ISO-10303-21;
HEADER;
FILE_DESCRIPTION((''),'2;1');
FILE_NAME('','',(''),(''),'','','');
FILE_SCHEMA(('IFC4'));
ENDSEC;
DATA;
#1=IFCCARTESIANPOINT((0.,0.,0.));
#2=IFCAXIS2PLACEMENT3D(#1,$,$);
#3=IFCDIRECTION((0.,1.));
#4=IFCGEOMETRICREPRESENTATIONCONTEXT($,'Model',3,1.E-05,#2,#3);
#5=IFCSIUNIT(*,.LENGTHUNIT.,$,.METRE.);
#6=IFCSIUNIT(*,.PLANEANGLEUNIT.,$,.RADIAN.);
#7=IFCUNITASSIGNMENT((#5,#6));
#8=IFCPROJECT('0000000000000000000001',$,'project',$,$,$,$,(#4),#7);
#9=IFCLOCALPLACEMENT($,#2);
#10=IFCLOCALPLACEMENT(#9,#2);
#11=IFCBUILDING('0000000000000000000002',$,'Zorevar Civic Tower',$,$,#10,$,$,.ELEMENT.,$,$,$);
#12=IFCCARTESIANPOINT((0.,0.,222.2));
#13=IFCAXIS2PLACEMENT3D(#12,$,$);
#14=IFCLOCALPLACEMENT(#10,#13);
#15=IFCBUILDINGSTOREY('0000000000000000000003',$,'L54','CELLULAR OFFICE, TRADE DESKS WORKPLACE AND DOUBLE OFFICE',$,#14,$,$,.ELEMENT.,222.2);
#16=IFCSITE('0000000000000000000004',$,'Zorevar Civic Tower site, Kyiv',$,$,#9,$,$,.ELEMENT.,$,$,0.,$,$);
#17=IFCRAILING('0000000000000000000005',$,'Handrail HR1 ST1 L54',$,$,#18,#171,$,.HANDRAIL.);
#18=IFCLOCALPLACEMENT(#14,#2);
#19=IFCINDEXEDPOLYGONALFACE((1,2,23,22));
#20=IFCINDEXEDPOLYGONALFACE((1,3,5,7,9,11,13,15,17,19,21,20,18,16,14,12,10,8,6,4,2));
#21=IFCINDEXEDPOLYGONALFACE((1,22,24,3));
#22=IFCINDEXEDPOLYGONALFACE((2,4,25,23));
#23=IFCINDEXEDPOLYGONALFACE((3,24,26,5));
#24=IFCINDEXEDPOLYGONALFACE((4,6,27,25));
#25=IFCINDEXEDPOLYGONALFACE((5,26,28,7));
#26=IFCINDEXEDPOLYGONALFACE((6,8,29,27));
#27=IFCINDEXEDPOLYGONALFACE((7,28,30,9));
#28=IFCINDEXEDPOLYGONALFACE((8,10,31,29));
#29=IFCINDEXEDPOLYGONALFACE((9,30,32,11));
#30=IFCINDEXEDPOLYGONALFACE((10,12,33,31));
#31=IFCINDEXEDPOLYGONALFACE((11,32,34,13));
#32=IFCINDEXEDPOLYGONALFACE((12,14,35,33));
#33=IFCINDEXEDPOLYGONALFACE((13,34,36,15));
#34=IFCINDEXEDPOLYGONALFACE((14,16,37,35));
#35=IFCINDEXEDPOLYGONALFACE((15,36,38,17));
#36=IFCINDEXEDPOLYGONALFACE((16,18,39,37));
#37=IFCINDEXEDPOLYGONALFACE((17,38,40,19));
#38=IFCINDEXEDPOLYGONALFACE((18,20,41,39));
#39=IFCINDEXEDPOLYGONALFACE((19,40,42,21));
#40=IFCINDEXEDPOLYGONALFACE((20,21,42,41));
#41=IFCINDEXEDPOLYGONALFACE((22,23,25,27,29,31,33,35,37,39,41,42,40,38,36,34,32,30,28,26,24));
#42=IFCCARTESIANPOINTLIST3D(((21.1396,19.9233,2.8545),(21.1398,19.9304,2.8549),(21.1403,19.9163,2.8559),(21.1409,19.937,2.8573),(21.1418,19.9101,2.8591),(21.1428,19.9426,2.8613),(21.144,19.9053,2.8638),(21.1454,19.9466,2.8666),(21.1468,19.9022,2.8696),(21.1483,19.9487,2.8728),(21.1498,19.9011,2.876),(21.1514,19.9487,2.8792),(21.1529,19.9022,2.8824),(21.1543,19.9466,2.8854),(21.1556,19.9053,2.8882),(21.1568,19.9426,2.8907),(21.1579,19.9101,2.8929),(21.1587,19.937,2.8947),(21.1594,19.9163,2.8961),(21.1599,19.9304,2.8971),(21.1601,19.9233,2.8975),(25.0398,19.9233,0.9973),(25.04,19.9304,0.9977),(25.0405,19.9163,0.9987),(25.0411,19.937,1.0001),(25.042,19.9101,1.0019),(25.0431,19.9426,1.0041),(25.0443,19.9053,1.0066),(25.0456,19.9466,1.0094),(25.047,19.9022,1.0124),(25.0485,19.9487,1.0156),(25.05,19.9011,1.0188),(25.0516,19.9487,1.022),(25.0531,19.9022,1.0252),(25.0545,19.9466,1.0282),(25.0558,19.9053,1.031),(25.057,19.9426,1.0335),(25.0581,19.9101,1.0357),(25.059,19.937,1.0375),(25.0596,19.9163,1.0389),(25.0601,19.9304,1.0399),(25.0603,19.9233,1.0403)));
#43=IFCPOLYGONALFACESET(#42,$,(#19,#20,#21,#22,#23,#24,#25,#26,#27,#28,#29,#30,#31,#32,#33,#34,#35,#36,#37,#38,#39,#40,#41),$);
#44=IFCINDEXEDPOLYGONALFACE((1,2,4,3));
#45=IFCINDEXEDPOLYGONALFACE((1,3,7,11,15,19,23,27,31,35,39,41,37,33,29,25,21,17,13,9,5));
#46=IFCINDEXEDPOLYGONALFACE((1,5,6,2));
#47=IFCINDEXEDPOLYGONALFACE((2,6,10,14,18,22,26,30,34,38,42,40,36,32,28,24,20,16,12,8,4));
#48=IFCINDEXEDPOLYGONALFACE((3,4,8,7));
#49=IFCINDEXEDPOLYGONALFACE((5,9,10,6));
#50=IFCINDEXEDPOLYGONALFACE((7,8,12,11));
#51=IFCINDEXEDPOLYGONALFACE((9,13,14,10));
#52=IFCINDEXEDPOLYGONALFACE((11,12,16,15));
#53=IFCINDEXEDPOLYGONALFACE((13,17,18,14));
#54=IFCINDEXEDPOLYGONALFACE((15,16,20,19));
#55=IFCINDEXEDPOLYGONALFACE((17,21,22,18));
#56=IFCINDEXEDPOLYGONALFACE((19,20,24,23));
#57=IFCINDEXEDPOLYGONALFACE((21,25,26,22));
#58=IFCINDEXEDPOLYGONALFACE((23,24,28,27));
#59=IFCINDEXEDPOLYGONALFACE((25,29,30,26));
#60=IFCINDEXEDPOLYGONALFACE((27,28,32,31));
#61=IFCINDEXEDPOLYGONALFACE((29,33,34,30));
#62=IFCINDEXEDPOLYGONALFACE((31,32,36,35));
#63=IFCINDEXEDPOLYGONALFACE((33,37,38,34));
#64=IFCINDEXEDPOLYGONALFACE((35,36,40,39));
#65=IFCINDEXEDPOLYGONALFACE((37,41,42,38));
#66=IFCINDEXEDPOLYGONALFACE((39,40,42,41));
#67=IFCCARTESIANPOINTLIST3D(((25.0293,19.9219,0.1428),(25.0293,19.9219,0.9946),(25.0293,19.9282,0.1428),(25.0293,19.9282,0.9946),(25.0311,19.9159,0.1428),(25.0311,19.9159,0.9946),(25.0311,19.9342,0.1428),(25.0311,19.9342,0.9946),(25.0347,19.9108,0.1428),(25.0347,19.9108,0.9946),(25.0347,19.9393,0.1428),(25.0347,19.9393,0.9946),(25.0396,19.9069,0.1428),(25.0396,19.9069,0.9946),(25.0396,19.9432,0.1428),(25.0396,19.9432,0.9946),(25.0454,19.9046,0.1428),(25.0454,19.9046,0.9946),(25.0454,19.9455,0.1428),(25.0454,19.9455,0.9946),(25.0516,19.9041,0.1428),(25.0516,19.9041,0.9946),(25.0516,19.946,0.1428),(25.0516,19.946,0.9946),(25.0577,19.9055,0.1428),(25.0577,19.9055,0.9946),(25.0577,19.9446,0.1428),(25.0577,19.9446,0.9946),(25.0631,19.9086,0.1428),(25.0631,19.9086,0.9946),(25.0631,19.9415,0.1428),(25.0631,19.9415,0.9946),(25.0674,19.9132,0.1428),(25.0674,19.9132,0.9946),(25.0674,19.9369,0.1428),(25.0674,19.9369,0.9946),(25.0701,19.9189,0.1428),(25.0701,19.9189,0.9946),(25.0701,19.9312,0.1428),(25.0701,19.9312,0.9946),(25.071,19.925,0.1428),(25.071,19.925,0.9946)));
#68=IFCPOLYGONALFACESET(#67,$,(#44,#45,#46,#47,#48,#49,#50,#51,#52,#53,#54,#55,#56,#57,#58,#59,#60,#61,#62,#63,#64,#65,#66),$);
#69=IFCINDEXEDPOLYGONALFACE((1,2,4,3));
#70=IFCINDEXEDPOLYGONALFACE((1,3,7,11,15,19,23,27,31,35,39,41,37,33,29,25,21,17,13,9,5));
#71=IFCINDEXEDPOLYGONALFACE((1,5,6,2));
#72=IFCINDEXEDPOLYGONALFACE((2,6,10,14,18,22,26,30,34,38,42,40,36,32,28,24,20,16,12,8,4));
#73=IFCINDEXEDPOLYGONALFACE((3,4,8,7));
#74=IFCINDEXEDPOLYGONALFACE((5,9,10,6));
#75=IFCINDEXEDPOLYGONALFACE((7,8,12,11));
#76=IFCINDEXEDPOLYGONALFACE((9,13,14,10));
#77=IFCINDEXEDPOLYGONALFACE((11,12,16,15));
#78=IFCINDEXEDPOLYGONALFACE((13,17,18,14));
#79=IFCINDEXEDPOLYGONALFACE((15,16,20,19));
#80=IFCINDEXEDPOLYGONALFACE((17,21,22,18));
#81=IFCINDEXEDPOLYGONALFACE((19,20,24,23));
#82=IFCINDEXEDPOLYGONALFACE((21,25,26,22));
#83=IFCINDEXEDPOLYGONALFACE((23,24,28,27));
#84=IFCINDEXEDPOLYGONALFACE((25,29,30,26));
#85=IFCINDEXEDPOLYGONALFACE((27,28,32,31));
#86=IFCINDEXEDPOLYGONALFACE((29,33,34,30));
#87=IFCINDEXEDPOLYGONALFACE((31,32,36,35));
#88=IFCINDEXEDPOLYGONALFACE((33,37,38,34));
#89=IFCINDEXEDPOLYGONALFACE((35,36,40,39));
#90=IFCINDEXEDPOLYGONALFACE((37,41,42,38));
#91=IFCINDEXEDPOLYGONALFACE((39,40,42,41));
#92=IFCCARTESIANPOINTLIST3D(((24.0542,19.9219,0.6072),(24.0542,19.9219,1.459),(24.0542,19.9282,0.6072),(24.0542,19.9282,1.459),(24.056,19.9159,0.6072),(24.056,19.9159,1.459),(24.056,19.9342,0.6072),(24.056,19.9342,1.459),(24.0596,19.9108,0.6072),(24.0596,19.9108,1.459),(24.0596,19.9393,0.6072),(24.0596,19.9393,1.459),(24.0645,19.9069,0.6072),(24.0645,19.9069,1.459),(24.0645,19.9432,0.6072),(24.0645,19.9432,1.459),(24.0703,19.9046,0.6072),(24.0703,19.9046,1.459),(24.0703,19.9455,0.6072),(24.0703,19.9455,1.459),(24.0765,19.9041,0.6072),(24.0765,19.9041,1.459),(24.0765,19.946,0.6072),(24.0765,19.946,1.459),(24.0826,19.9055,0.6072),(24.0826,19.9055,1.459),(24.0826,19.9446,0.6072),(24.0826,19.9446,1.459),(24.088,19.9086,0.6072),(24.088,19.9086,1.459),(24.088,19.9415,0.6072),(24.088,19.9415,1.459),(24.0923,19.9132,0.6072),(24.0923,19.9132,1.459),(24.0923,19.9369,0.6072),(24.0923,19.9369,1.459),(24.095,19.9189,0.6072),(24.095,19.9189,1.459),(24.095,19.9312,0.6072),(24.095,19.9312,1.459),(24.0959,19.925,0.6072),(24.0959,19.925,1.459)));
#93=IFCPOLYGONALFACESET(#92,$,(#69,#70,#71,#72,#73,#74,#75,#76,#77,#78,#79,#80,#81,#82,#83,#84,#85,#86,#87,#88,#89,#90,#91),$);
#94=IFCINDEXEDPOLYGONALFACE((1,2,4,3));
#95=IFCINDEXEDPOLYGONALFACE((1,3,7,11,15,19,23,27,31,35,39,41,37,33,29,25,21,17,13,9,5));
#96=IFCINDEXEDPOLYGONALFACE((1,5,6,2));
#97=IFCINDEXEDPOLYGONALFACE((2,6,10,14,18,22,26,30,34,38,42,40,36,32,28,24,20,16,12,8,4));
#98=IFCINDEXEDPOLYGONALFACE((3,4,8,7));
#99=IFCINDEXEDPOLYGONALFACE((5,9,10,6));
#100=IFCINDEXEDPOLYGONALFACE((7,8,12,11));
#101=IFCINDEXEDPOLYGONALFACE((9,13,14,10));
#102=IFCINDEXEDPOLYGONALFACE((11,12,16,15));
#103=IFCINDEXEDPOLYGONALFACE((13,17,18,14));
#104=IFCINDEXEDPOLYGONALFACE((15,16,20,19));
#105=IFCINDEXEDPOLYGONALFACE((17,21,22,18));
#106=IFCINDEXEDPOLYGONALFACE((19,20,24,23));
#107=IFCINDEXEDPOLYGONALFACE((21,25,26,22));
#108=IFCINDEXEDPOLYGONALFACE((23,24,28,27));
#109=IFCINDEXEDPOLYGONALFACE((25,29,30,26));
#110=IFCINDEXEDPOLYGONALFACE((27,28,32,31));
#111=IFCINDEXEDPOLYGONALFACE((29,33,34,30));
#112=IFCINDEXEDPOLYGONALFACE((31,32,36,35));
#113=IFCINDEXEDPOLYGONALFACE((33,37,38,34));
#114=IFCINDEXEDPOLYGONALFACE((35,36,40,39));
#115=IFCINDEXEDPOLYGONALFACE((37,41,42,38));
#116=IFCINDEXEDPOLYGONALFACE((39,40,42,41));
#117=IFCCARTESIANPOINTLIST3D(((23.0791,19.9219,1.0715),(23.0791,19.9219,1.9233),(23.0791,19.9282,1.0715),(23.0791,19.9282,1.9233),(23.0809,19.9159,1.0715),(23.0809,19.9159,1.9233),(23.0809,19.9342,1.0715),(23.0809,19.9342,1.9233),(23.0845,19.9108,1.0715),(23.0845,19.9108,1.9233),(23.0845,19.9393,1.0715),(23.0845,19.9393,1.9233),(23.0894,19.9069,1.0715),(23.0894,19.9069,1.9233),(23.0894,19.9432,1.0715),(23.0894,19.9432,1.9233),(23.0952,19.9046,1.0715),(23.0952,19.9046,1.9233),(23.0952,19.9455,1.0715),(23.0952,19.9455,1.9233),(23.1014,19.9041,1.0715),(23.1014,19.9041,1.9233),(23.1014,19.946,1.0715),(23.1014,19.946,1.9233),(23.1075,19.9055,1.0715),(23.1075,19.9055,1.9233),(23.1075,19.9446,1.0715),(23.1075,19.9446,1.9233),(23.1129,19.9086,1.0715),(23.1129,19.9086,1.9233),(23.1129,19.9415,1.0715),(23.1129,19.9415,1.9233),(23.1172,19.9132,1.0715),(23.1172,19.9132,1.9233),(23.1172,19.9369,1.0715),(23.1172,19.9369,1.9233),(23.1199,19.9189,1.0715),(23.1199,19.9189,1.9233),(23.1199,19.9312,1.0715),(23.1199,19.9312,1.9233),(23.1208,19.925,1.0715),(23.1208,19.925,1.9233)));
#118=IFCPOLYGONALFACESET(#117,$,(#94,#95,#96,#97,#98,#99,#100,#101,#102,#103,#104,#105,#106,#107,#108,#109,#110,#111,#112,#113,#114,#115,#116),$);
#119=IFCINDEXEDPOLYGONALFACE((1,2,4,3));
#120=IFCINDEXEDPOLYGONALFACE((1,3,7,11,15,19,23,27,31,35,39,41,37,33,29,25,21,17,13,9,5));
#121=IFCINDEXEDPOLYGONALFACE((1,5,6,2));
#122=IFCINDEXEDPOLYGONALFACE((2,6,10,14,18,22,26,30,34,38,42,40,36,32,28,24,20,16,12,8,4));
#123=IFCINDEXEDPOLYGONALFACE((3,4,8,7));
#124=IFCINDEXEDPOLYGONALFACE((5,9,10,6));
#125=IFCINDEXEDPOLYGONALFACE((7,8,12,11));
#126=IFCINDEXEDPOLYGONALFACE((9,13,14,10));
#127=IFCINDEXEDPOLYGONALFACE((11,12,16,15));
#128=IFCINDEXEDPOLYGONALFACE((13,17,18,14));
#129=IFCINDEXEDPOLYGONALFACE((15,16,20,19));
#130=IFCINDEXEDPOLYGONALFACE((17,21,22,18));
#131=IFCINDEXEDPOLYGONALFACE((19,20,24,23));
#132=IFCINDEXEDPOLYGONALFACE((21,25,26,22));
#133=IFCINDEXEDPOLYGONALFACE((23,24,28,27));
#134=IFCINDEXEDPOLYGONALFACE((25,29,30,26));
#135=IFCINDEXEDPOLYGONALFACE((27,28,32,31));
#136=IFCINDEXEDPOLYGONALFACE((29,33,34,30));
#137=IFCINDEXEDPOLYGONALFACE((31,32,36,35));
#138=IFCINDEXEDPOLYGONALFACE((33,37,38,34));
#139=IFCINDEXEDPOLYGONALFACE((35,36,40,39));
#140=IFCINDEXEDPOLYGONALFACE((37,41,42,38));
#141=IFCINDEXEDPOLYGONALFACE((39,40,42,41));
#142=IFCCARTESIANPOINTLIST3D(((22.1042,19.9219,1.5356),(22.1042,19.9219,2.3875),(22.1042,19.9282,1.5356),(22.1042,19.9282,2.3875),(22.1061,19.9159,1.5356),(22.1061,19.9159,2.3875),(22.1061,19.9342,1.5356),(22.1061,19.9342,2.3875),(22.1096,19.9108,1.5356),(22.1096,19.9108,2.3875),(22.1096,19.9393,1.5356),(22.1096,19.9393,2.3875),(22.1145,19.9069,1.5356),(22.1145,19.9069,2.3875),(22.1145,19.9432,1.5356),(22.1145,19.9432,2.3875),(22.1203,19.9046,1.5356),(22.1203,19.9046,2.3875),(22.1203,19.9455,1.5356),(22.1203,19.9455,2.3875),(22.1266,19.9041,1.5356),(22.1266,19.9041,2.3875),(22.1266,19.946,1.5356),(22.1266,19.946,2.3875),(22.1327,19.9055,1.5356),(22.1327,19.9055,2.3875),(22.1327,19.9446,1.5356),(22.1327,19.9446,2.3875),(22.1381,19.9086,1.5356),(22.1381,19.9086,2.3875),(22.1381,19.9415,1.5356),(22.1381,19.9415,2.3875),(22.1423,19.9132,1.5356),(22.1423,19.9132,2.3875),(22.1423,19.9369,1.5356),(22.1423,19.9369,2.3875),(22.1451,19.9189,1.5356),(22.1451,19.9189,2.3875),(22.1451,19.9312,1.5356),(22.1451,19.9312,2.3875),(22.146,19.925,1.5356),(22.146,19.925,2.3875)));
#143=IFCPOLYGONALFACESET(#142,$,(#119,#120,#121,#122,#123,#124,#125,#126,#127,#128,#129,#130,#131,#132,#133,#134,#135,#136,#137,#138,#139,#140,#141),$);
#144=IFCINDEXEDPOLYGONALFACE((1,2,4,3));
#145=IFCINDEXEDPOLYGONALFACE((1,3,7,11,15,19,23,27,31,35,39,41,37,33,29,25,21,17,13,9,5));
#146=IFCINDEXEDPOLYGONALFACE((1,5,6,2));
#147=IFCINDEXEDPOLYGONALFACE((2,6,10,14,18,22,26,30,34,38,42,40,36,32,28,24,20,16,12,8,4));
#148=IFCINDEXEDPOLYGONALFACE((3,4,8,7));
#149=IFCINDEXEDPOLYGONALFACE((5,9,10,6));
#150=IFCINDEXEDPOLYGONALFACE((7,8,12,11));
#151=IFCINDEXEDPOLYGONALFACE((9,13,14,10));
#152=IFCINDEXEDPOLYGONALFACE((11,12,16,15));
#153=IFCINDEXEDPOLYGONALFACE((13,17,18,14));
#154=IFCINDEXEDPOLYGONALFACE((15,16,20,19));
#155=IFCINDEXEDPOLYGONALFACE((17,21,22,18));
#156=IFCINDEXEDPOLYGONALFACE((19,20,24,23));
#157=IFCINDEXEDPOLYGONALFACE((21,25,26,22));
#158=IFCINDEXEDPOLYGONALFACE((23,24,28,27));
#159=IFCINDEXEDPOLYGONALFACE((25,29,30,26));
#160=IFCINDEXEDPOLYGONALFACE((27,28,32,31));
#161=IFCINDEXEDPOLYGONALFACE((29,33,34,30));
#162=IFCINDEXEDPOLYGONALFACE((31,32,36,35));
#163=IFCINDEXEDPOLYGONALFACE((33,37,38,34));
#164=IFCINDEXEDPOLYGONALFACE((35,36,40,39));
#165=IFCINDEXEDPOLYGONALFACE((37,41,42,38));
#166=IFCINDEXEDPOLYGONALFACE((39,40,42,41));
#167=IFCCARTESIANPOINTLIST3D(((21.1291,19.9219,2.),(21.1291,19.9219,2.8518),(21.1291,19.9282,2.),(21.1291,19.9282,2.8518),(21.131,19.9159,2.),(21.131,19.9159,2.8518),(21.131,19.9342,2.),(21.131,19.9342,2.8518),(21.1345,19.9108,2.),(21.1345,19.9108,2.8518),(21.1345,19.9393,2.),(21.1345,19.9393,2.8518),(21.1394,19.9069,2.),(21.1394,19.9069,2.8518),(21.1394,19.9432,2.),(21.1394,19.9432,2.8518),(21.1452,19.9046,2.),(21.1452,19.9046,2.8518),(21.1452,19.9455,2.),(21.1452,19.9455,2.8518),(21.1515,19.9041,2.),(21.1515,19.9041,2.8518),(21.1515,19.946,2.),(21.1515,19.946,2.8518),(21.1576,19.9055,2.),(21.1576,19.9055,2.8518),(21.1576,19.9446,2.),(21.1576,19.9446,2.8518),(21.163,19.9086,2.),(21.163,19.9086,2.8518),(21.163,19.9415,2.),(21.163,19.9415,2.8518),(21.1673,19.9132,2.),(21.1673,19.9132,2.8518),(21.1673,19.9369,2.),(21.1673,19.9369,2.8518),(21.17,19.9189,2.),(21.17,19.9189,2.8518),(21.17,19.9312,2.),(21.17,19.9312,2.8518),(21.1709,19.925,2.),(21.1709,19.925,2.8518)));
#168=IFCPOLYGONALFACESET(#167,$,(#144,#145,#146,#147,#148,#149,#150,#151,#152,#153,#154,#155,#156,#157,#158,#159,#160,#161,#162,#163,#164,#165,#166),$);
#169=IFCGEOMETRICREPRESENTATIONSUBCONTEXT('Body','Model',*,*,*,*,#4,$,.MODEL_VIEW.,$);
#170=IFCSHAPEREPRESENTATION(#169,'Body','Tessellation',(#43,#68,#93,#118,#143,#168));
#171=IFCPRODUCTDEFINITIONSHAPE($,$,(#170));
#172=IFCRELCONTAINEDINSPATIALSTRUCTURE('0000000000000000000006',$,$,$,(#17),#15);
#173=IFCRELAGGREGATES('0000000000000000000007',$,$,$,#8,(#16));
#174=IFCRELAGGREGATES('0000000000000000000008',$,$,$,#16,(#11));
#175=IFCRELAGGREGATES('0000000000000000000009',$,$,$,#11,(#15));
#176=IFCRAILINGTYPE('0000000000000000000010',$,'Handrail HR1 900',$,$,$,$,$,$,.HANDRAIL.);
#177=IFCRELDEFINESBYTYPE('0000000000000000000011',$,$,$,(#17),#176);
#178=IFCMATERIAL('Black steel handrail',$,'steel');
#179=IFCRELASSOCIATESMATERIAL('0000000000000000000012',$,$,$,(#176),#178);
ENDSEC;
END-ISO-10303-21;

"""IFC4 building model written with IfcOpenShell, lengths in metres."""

from ifc_helpers import new_model, si_unit, direction, frame, origin, origin_2d, place, context, subcontext, project, spatial, circle, extrude, material, type_object, element, save


model = new_model("IFC4")

# Units and contexts
model_context = context("Model", 3, precision=1e-05, world=origin(), true_north=direction((0.0, 1.0)))
body_context = subcontext(model_context, "Body", "Model", "MODEL_VIEW")
ifc_project = project(units=[si_unit("LENGTHUNIT", "METRE"), si_unit("PLANEANGLEUNIT", "RADIAN")], contexts=[model_context])

# Site, building, storey
site_placement = place(None, origin())
site = spatial("IfcSite", under=ifc_project, at=site_placement, Name="Zorevar Civic Tower site, Kyiv", CompositionType="ELEMENT", RefElevation=0.0)
building_placement = place(site_placement, origin())
building = spatial("IfcBuilding", under=site, at=building_placement, Name="Zorevar Civic Tower", CompositionType="ELEMENT")
storey_placement = place(building_placement, frame((0.0, 0.0, 222.2)))
storey = spatial("IfcBuildingStorey", under=building, at=storey_placement, Name="L54", Description="CELLULAR OFFICE, TRADE DESKS WORKPLACE AND DOUBLE OFFICE", CompositionType="ELEMENT", Elevation=222.2)

# Railing
ifc_material_1 = material(Name="Black steel handrail", Category="steel")
railing_type = type_object("IfcRailingType", Name="Handrail HR1 900", PredefinedType="HANDRAIL", material=ifc_material_1)
railing_1_placement = place(storey_placement, frame((25.05, 19.925, 0.1428)))
element("IfcRailing", 1, at=railing_1_placement, inside=storey, type_object=railing_type, Name="Handrail HR1 ST1 L54", PredefinedType="HANDRAIL", context=body_context, shape_type="SweptSolid", body=[
    extrude(circle(Radius=0.0239, at=origin_2d()), frame((0.0, 0.0, 0.876), z_axis=(-0.902864, 0.0, 0.429927), x_axis=(0.0, -1.0, 0.0)), (0.0, 0.0, 1.0), 4.3198),
    extrude(circle(Radius=0.021, at=origin_2d()), origin(), (0.0, 0.0, 1.0), 0.8518),
    extrude(circle(Radius=0.021, at=origin_2d()), frame((-0.9751, 0.0, 0.4644)), (0.0, 0.0, 1.0), 0.8518),
    extrude(circle(Radius=0.021, at=origin_2d()), frame((-1.9502, 0.0, 0.9287)), (0.0, 0.0, 1.0), 0.8518),
    extrude(circle(Radius=0.021, at=origin_2d()), frame((-2.925, 0.0, 1.3928)), (0.0, 0.0, 1.0), 0.8518),
    extrude(circle(Radius=0.021, at=origin_2d()), frame((-3.9001, 0.0, 1.8572)), (0.0, 0.0, 1.0), 0.8518),
])

save(model, "model.ifc")
